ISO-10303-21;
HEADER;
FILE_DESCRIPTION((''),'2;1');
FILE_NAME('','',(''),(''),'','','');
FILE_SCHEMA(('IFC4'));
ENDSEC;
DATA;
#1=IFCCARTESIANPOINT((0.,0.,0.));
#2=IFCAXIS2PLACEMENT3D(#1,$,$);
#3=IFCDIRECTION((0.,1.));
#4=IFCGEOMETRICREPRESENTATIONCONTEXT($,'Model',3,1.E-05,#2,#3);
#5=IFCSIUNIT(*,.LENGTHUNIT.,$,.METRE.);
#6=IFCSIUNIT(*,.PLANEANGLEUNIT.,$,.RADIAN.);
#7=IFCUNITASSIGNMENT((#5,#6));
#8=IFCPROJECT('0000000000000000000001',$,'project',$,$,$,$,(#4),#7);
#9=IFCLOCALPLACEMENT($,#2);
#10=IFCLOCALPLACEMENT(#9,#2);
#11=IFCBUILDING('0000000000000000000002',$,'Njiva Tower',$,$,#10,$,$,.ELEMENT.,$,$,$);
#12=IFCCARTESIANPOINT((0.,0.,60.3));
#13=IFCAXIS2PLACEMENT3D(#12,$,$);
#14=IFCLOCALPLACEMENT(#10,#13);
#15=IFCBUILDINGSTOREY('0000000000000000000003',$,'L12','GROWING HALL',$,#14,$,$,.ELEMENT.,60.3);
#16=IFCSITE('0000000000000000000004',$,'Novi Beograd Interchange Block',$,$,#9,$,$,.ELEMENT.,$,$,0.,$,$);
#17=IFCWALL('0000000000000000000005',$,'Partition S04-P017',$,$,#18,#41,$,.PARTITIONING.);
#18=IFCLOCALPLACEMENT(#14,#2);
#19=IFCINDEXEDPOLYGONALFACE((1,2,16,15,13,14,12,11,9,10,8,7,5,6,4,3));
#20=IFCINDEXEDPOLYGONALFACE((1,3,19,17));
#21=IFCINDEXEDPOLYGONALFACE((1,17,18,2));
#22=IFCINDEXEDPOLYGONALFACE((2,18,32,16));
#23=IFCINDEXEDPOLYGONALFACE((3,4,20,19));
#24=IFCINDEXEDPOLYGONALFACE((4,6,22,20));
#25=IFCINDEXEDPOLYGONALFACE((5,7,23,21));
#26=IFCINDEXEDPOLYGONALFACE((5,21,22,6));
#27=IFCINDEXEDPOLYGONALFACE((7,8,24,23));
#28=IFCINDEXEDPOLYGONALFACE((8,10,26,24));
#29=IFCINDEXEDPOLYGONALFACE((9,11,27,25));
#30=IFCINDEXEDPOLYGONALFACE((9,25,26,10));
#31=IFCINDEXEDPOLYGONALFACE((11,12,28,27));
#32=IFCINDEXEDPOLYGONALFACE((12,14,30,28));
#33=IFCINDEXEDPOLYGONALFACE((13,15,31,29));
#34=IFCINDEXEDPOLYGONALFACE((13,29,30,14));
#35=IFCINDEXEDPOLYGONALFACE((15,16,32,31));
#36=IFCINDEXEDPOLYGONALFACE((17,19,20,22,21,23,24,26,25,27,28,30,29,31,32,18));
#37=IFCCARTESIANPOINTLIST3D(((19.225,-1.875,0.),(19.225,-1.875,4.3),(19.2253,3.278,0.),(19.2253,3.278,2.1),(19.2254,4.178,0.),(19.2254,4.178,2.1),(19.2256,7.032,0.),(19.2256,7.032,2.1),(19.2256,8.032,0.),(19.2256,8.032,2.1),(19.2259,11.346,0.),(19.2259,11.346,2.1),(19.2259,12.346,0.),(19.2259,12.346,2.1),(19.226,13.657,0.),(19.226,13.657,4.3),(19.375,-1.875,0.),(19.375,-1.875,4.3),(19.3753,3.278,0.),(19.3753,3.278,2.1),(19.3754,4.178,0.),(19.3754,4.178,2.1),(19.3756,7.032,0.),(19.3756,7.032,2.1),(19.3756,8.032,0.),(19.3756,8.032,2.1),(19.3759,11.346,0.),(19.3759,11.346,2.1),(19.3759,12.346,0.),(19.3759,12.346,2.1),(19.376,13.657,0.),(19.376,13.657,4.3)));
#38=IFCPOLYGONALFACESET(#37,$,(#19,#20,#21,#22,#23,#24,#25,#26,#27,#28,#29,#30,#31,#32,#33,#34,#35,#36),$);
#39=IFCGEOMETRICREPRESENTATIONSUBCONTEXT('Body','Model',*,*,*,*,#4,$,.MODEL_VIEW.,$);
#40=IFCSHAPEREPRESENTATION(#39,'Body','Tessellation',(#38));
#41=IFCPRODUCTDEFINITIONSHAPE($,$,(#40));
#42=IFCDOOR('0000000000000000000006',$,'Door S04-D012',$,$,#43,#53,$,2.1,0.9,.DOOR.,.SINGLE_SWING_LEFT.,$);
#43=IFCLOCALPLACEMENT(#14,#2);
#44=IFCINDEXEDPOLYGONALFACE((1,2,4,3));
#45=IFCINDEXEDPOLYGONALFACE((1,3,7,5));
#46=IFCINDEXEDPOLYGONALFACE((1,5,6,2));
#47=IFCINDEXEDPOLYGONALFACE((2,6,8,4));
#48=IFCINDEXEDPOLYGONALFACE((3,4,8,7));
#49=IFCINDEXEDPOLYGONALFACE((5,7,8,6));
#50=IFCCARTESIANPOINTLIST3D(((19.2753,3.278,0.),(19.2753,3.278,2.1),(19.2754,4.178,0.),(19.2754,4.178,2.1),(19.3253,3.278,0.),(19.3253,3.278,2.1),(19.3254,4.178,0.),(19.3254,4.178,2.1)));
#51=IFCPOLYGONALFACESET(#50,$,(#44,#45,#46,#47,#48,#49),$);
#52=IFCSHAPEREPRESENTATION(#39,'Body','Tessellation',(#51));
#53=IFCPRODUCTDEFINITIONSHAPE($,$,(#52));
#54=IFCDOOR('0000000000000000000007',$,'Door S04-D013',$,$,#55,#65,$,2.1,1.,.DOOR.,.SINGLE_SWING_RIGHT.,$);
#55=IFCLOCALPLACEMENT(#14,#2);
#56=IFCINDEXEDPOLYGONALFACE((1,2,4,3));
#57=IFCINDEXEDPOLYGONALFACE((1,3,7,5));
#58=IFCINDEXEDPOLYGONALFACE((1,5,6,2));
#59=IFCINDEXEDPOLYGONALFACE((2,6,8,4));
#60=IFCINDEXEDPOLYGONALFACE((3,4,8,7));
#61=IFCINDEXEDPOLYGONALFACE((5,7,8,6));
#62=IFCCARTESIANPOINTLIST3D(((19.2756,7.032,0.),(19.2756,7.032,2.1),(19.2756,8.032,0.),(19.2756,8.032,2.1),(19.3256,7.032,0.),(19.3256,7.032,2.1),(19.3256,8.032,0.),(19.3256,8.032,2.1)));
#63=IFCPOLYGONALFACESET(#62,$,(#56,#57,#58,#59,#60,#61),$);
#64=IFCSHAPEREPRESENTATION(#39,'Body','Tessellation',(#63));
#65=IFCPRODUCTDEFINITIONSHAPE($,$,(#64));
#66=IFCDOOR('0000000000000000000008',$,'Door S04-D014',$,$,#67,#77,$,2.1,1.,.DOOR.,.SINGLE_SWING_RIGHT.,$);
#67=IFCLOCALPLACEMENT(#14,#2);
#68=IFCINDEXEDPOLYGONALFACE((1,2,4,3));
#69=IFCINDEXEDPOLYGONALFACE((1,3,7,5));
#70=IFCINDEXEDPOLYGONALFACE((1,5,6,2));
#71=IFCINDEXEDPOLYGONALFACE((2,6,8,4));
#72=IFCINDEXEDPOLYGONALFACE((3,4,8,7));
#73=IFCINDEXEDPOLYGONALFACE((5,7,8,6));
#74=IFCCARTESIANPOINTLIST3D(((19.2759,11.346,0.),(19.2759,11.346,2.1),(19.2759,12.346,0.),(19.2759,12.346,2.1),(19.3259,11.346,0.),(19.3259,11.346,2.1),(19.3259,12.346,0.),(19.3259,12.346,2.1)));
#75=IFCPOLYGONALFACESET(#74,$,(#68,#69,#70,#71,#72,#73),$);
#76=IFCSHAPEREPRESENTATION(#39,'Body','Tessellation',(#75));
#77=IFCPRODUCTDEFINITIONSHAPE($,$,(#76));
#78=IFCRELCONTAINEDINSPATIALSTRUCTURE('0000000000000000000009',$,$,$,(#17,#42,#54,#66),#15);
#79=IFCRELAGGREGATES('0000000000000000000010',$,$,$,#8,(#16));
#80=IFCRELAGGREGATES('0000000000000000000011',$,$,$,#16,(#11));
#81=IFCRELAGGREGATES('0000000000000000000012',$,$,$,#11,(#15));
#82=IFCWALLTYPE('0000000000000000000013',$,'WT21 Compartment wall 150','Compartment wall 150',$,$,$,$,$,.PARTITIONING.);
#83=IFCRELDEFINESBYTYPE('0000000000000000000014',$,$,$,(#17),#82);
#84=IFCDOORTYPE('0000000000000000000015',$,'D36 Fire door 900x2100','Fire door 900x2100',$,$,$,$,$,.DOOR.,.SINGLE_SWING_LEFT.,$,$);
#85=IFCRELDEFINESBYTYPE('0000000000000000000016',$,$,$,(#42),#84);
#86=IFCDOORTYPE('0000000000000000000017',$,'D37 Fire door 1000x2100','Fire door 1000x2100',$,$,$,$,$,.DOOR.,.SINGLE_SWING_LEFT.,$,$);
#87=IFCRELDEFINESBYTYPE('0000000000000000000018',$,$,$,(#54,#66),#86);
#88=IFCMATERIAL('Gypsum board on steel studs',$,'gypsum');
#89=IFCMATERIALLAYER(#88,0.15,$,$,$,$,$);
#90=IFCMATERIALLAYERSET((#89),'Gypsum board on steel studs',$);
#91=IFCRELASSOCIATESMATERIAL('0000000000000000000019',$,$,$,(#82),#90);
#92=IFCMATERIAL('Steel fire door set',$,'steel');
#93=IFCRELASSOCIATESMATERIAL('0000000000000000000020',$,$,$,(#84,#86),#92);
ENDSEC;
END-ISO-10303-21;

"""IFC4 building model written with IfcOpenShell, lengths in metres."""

from ifc_helpers import new_model, si_unit, direction, frame, frame_2d, origin, place, context, subcontext, project, spatial, rectangle, extrude, material, layer, layer_set, type_object, element, fill, save


model = new_model("IFC4")

# Units and contexts
model_context = context("Model", 3, precision=1e-05, world=origin(), true_north=direction((0.0, 1.0)))
body_context = subcontext(model_context, "Body", "Model", "MODEL_VIEW")
ifc_project = project(units=[si_unit("LENGTHUNIT", "METRE"), si_unit("PLANEANGLEUNIT", "RADIAN")], contexts=[model_context])

# Site, building, storey
site_placement = place(None, origin())
site = spatial("IfcSite", under=ifc_project, at=site_placement, Name="Novi Beograd Interchange Block", CompositionType="ELEMENT", RefElevation=0.0)
building_placement = place(site_placement, origin())
building = spatial("IfcBuilding", under=site, at=building_placement, Name="Njiva Tower", CompositionType="ELEMENT")
storey_placement = place(building_placement, frame((0.0, 0.0, 60.3)))
storey = spatial("IfcBuildingStorey", under=building, at=storey_placement, Name="L12", Description="GROWING HALL", CompositionType="ELEMENT", Elevation=60.3)

# Shared definitions
ifc_material_1 = material(Name="Gypsum board on steel studs", Category="gypsum")
ifc_layer_1 = layer(ifc_material_1, 0.15)
ifc_layer_set_1 = layer_set([ifc_layer_1], Name="Gypsum board on steel studs")
wall_type_1 = type_object("IfcWallType", Name="WT21 Compartment wall 150", Description="Compartment wall 150", PredefinedType="PARTITIONING", material=ifc_layer_set_1)

# Wall, openings, doors
wall_1_placement = place(storey_placement, frame((19.3, -1.875, 0.0), z_axis=(0.0, 0.0, 1.0), x_axis=(0.000064, 1.0, 0.0)))
wall_1 = element("IfcWall", 1, at=wall_1_placement, inside=storey, type_object=wall_type_1, Name="Partition S04-P017", PredefinedType="PARTITIONING", context=body_context, shape_type="SweptSolid", body=[
    extrude(rectangle(XDim=15.532, YDim=0.15, at=frame_2d((7.766, 0.0))), origin(), (0.0, 0.0, 1.0), 4.3),
])
opening_1_placement = place(wall_1_placement, frame((5.153, 0.0, 0.0)))
opening_1 = element("IfcOpeningElement", 2, at=opening_1_placement, cuts=wall_1, PredefinedType="OPENING", context=body_context, shape_type="SweptSolid", body=[
    extrude(rectangle(XDim=0.9, YDim=2.1, at=frame_2d((0.45, 1.05))), frame((0.0, 0.085, 0.0), z_axis=(0.0, -1.0, 0.0), x_axis=(1.0, 0.0, 0.0)), (0.0, 0.0, 1.0), 0.17),
])
opening_2_placement = place(wall_1_placement, frame((8.907, 0.0, 0.0)))
opening_2 = element("IfcOpeningElement", 3, at=opening_2_placement, cuts=wall_1, PredefinedType="OPENING", context=body_context, shape_type="SweptSolid", body=[
    extrude(rectangle(XDim=1.0, YDim=2.1, at=frame_2d((0.5, 1.05))), frame((0.0, 0.085, 0.0), z_axis=(0.0, -1.0, 0.0), x_axis=(1.0, 0.0, 0.0)), (0.0, 0.0, 1.0), 0.17),
])
opening_3_placement = place(wall_1_placement, frame((13.221, 0.0, 0.0)))
opening_3 = element("IfcOpeningElement", 4, at=opening_3_placement, cuts=wall_1, PredefinedType="OPENING", context=body_context, shape_type="SweptSolid", body=[
    extrude(rectangle(XDim=1.0, YDim=2.1, at=frame_2d((0.5, 1.05))), frame((0.0, 0.085, 0.0), z_axis=(0.0, -1.0, 0.0), x_axis=(1.0, 0.0, 0.0)), (0.0, 0.0, 1.0), 0.17),
])
ifc_material_2 = material(Name="Steel fire door set", Category="steel")
door_type_1 = type_object("IfcDoorType", Name="D36 Fire door 900x2100", Description="Fire door 900x2100", OperationType="SINGLE_SWING_LEFT", PredefinedType="DOOR", material=ifc_material_2)
door_1_placement = place(opening_1_placement, origin())
door_1 = element("IfcDoor", 5, at=door_1_placement, inside=storey, type_object=door_type_1, Name="Door S04-D012", OperationType="SINGLE_SWING_LEFT", OverallHeight=2.1, OverallWidth=0.9, PredefinedType="DOOR", context=body_context, shape_type="SweptSolid", body=[
    extrude(rectangle(XDim=0.9, YDim=2.1, at=frame_2d((0.45, 1.05))), frame((0.0, 0.025, 0.0), z_axis=(0.0, -1.0, 0.0), x_axis=(1.0, 0.0, 0.0)), (0.0, 0.0, 1.0), 0.05),
])
fill(opening_1, door_1)
door_type_2 = type_object("IfcDoorType", Name="D37 Fire door 1000x2100", Description="Fire door 1000x2100", OperationType="SINGLE_SWING_LEFT", PredefinedType="DOOR", material=ifc_material_2)
door_2_placement = place(opening_2_placement, origin())
door_2 = element("IfcDoor", 6, at=door_2_placement, inside=storey, type_object=door_type_2, Name="Door S04-D013", OperationType="SINGLE_SWING_RIGHT", OverallHeight=2.1, OverallWidth=1.0, PredefinedType="DOOR", context=body_context, shape_type="SweptSolid", body=[
    extrude(rectangle(XDim=1.0, YDim=2.1, at=frame_2d((0.5, 1.05))), frame((0.0, 0.025, 0.0), z_axis=(0.0, -1.0, 0.0), x_axis=(1.0, 0.0, 0.0)), (0.0, 0.0, 1.0), 0.05),
])
fill(opening_2, door_2)
door_3_placement = place(opening_3_placement, origin())
door_3 = element("IfcDoor", 7, at=door_3_placement, inside=storey, type_object=door_type_2, Name="Door S04-D014", OperationType="SINGLE_SWING_RIGHT", OverallHeight=2.1, OverallWidth=1.0, PredefinedType="DOOR", context=body_context, shape_type="SweptSolid", body=[
    extrude(rectangle(XDim=1.0, YDim=2.1, at=frame_2d((0.5, 1.05))), frame((0.0, 0.025, 0.0), z_axis=(0.0, -1.0, 0.0), x_axis=(1.0, 0.0, 0.0)), (0.0, 0.0, 1.0), 0.05),
])
fill(opening_3, door_3)

save(model, "model.ifc")
